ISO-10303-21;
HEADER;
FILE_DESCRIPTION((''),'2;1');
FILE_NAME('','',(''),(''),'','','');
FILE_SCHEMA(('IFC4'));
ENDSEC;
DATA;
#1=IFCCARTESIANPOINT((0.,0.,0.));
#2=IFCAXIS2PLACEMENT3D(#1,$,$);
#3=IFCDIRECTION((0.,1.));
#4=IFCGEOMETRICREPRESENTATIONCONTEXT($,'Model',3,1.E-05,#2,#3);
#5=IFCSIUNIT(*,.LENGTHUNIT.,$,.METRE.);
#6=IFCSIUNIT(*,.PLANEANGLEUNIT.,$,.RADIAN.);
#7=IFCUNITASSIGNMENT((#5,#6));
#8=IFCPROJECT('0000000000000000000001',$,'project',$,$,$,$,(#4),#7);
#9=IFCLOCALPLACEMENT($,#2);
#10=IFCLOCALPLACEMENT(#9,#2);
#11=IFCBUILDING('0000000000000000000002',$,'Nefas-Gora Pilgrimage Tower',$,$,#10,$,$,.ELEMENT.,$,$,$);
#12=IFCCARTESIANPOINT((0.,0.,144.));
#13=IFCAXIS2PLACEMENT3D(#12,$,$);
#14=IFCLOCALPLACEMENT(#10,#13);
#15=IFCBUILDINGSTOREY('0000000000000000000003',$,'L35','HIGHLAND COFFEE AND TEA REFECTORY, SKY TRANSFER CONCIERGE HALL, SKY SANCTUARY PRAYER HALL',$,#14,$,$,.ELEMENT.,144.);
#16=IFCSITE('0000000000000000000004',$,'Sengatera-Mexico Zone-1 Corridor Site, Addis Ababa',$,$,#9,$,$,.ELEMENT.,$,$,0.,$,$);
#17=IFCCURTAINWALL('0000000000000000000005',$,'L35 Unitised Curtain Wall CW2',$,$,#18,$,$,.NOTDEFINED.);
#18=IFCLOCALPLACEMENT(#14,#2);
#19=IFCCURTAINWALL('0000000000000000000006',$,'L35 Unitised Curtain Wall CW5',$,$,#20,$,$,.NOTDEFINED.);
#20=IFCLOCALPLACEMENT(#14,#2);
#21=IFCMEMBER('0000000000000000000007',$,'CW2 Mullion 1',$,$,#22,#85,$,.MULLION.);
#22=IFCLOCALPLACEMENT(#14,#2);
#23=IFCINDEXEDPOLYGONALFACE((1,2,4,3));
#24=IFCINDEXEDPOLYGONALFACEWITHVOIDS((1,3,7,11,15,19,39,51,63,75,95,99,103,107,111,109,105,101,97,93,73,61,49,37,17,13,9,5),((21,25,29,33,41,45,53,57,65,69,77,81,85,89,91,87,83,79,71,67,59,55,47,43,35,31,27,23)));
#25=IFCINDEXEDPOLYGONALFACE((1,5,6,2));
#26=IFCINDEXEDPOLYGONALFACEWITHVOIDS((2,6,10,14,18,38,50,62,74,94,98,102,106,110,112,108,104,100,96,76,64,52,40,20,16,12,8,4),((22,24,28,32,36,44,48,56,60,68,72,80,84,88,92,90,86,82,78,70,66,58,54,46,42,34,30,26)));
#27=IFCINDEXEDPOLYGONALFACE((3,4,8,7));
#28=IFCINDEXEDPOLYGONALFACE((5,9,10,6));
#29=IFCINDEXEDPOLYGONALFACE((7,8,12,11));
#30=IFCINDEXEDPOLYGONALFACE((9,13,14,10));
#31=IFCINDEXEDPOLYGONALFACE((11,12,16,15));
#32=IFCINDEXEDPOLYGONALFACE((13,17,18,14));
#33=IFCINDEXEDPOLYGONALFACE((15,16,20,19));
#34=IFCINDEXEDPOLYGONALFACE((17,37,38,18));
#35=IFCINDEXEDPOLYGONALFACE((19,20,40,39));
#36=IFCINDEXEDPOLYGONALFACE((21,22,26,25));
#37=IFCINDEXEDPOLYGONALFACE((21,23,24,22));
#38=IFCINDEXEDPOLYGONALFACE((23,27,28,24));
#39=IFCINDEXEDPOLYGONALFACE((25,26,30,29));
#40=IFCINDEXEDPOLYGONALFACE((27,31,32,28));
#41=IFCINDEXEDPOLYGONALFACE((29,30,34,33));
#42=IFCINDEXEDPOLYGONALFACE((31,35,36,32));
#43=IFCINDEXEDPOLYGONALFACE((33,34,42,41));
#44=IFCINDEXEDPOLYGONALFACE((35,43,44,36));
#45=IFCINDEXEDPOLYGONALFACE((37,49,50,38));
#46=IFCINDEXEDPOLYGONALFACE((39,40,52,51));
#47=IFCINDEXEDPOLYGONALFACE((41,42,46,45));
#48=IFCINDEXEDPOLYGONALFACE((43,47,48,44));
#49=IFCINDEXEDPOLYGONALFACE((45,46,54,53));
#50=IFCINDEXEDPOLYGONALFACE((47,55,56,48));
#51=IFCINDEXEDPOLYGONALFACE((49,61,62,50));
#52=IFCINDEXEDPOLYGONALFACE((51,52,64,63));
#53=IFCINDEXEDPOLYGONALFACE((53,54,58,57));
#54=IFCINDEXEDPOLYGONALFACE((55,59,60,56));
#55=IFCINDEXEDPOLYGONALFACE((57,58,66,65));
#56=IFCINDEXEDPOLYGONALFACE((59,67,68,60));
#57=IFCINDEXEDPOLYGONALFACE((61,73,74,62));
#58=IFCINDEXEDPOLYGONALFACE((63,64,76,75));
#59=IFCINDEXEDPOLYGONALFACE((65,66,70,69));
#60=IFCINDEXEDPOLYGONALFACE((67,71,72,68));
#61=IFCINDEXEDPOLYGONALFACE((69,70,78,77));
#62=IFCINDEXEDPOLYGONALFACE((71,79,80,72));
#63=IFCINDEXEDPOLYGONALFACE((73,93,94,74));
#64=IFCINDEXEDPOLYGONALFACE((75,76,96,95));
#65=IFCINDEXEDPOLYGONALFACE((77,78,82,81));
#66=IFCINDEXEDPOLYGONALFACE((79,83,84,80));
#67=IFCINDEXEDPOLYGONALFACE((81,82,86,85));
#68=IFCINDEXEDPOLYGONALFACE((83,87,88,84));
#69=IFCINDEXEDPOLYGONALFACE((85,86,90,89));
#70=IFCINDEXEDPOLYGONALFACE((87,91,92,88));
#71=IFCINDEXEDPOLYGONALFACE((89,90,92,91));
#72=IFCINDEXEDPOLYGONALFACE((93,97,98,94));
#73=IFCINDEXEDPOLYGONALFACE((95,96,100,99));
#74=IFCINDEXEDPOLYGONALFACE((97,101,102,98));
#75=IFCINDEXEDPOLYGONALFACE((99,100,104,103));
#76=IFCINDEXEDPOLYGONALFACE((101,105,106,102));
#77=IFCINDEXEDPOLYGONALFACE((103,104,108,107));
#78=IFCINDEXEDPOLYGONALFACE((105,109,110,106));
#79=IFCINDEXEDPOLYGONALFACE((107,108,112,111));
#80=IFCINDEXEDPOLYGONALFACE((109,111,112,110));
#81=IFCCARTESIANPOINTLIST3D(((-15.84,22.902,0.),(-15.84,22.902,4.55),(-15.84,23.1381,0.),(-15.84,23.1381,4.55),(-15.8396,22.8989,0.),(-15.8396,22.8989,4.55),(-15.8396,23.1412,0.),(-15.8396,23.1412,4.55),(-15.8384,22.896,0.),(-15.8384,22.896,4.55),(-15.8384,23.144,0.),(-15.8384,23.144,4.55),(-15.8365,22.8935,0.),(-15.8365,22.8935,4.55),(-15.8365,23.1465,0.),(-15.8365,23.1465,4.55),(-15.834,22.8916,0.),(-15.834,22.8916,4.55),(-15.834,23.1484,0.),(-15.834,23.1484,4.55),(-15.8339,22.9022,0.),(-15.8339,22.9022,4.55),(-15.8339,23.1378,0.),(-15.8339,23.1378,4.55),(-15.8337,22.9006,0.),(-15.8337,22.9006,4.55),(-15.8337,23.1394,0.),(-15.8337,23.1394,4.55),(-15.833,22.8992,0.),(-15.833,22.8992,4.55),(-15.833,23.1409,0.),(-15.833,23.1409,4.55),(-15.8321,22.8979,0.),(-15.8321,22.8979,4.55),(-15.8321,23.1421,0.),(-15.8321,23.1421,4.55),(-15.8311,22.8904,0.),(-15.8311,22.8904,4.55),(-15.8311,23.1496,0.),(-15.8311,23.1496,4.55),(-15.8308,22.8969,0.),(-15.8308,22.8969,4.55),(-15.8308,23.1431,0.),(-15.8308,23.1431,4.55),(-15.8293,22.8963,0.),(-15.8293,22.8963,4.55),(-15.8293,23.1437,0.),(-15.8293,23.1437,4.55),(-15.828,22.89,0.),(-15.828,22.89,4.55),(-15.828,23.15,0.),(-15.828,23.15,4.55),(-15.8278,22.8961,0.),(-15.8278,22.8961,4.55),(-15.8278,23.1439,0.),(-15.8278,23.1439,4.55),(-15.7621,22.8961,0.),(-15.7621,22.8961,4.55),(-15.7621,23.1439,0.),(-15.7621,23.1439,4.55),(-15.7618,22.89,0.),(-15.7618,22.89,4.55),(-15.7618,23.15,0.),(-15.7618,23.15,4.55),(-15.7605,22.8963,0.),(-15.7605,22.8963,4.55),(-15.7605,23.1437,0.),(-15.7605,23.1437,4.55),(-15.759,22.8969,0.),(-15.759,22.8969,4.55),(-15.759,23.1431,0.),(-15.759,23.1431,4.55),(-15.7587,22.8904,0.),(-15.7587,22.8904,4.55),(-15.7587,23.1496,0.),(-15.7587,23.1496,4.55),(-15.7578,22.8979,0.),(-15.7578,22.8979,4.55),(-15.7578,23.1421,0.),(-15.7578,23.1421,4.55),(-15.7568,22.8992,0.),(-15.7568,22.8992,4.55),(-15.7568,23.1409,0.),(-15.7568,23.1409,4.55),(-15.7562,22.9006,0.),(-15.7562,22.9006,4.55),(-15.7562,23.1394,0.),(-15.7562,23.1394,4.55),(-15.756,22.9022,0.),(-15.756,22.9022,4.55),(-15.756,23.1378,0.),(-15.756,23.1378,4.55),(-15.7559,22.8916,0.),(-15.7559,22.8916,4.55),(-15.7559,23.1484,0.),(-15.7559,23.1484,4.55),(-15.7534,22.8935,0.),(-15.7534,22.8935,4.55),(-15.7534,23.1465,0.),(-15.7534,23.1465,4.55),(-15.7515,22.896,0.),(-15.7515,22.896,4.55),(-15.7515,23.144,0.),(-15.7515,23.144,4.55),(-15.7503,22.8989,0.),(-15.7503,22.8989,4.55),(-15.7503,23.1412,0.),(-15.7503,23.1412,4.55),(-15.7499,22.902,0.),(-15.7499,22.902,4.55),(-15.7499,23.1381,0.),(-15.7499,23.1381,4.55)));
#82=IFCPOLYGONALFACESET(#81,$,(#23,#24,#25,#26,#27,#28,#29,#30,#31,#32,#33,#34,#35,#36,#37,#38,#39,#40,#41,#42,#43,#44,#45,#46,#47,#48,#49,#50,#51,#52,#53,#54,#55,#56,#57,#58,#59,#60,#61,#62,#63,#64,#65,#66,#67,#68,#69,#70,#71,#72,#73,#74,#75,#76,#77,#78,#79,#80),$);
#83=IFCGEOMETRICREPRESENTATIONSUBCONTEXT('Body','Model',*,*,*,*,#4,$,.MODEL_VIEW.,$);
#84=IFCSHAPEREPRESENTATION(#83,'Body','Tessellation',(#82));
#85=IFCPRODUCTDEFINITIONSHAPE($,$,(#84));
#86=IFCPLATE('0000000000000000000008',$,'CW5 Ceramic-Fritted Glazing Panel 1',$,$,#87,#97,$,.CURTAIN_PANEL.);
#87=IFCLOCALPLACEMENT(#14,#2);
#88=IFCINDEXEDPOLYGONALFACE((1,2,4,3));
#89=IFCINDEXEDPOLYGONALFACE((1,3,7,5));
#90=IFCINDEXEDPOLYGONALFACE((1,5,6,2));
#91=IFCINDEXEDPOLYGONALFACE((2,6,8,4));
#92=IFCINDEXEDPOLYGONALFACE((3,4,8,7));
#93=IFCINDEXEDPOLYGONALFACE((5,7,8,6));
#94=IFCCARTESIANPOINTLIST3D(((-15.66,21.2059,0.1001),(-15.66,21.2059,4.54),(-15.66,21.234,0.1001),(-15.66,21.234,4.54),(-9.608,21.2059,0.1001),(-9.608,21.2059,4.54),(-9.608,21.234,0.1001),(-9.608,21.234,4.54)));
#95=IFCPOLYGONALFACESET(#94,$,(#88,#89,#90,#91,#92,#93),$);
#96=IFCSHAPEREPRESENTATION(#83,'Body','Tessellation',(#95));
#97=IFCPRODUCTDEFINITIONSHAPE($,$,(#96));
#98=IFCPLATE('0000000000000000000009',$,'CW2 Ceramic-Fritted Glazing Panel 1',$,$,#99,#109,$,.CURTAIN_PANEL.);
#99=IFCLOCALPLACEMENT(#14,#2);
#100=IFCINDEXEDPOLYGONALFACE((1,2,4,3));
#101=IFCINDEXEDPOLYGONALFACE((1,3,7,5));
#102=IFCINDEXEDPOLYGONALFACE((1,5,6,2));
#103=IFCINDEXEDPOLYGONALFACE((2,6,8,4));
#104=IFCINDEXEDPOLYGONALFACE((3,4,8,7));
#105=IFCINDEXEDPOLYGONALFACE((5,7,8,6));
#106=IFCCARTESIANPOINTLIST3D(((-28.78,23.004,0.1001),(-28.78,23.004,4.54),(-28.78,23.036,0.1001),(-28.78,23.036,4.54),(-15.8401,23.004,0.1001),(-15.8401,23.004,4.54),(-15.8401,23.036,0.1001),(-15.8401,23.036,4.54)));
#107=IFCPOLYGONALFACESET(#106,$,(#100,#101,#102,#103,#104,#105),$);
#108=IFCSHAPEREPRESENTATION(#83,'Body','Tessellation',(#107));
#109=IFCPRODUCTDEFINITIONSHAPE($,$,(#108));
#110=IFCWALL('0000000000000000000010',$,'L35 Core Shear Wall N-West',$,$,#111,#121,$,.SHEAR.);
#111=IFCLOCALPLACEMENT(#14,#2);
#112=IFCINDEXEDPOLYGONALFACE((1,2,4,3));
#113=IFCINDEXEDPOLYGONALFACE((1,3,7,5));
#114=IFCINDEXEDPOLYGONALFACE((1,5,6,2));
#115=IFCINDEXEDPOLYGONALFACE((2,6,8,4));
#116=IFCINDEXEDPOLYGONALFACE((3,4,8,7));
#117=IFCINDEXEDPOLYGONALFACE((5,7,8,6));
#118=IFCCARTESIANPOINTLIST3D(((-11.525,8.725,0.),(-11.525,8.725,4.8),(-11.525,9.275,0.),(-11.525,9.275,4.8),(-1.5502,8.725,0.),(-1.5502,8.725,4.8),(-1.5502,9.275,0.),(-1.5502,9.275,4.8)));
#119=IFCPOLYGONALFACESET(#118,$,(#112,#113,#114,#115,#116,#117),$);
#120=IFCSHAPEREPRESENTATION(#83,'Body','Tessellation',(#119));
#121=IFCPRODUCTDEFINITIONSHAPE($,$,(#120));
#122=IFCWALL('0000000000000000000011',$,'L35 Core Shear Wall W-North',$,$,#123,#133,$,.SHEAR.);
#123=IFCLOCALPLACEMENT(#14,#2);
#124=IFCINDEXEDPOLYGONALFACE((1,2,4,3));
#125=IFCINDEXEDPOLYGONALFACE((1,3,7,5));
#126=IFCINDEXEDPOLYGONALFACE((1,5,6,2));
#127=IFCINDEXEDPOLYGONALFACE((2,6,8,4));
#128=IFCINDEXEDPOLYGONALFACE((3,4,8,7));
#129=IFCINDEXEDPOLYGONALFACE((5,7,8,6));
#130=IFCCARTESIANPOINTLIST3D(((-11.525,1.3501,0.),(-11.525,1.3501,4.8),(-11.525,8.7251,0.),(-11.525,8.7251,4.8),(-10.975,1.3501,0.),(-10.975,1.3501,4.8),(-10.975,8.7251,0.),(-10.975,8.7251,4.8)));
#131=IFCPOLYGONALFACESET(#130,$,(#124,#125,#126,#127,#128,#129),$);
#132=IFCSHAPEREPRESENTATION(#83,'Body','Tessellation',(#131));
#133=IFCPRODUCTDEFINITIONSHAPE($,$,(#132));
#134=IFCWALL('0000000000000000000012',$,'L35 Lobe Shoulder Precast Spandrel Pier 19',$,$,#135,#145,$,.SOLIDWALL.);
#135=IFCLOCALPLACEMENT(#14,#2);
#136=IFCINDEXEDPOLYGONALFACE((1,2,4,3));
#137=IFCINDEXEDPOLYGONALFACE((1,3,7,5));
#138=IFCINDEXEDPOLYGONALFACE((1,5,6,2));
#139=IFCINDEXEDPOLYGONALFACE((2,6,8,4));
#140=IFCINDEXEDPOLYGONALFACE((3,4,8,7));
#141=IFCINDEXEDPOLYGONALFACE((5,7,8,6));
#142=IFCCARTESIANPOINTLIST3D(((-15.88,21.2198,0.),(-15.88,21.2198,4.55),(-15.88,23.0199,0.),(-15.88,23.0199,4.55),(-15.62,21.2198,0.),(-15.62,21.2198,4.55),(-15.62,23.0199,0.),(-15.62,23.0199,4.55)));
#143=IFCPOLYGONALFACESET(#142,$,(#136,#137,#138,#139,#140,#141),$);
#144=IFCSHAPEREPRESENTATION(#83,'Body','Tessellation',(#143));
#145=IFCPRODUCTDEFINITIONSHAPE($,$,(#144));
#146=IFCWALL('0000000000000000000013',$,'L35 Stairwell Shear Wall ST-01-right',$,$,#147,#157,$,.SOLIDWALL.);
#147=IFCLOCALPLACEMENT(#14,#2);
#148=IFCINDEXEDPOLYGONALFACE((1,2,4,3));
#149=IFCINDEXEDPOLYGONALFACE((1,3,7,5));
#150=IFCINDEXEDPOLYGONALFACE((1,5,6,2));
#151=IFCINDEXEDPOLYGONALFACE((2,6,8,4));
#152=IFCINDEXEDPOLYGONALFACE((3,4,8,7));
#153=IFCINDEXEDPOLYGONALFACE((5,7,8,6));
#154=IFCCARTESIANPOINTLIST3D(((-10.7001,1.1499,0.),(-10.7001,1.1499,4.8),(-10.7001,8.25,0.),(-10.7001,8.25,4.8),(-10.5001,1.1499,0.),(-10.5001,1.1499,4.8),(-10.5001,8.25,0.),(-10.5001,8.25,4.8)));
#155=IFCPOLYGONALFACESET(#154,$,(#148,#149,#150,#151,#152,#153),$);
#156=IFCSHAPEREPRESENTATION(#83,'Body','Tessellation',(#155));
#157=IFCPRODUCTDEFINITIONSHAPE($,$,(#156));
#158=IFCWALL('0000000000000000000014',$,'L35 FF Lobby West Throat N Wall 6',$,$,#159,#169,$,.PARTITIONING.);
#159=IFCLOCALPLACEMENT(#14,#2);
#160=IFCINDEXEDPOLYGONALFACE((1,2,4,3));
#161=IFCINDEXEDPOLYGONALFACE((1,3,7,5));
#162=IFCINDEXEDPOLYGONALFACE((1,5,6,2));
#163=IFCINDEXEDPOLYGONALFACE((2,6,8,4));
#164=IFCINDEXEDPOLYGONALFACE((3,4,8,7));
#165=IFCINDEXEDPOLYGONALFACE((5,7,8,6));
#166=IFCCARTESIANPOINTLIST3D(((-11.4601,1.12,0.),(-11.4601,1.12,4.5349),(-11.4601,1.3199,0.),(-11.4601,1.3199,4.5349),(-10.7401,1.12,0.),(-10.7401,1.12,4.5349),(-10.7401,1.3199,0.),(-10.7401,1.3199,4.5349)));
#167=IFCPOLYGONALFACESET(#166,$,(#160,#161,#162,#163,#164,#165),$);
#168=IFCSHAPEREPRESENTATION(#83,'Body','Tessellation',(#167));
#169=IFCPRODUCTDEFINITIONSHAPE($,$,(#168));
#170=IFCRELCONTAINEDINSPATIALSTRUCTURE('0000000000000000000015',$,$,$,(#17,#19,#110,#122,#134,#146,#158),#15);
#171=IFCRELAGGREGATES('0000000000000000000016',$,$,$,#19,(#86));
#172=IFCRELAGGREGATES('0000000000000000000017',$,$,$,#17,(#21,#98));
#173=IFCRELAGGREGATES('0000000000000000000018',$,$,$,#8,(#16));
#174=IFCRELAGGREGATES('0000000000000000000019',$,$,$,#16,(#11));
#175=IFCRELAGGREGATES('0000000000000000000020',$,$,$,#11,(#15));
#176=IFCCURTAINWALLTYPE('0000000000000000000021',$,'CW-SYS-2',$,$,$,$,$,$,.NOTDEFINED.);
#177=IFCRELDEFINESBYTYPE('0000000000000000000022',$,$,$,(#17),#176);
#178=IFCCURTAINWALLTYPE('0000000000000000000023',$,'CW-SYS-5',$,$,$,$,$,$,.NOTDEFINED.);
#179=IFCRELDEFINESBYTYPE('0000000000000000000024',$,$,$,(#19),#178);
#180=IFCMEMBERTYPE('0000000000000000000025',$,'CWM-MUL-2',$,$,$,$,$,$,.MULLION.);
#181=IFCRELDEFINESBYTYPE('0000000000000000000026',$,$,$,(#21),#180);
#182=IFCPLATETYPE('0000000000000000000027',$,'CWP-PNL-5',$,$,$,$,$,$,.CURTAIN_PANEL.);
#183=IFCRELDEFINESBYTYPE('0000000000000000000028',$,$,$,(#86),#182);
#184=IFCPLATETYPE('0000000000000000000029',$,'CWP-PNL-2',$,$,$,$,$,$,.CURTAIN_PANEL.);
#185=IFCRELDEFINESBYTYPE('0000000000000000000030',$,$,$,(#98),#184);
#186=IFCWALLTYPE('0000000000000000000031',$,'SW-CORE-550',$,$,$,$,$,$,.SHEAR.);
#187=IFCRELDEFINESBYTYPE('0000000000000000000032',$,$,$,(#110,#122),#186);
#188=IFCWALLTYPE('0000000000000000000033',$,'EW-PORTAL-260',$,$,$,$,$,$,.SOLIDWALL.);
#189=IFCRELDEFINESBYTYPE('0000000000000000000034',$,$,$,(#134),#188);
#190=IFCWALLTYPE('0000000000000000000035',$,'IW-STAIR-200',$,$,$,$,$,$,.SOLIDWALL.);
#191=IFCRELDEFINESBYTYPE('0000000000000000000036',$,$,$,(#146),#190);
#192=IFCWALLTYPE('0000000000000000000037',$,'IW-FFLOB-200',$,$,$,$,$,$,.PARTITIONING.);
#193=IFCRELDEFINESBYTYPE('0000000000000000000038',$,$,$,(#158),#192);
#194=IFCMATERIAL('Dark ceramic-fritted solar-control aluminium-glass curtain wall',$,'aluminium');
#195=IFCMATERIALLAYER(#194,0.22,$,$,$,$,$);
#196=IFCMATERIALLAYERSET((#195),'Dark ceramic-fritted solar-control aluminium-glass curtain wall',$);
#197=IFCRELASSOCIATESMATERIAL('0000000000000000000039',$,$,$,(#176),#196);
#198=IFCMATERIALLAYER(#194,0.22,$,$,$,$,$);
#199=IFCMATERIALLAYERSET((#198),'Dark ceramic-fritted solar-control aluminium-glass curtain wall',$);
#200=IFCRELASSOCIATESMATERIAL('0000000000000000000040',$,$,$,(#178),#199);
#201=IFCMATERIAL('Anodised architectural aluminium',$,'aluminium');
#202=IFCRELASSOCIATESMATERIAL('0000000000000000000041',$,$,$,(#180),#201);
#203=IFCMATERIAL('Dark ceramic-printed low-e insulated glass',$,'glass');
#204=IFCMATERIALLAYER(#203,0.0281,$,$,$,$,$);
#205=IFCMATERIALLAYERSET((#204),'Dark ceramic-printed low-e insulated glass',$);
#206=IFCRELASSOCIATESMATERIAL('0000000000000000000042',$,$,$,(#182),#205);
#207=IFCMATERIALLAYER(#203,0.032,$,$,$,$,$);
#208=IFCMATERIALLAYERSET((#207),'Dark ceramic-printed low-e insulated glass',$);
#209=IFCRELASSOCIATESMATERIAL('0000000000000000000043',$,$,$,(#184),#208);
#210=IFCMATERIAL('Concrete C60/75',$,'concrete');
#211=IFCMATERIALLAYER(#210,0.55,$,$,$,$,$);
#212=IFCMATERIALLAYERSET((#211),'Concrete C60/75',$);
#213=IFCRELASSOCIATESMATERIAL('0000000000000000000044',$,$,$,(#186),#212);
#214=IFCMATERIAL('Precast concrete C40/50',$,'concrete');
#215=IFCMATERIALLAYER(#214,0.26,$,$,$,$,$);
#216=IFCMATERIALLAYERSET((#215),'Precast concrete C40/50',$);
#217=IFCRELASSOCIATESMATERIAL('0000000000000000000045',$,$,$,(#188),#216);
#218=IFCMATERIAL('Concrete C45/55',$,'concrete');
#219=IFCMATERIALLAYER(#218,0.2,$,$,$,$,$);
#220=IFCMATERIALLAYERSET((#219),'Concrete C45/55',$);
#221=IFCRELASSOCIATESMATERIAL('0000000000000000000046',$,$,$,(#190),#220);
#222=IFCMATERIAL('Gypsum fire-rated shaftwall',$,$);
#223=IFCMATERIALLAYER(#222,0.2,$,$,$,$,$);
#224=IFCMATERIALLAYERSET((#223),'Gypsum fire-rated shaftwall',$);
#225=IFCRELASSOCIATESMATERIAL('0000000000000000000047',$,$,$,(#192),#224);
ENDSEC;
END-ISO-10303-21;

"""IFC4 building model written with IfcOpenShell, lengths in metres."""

from ifc_helpers import new_model, si_unit, direction, frame, frame_2d, origin, origin_2d, place, context, subcontext, project, spatial, rectangle, hollow_rectangle, extrude, source, transform, mapped, material, layer, layer_set, material_profile, profile_set, type_object, element, aggregate, save


model = new_model("IFC4")

# Units and contexts
model_context = context("Model", 3, precision=1e-05, world=origin(), true_north=direction((0.0, 1.0)))
body_context = subcontext(model_context, "Body", "Model", "MODEL_VIEW")
ifc_project = project(units=[si_unit("LENGTHUNIT", "METRE"), si_unit("PLANEANGLEUNIT", "RADIAN")], contexts=[model_context])

# Site, building, storey
site_placement = place(None, origin())
site = spatial("IfcSite", under=ifc_project, at=site_placement, Name="Sengatera-Mexico Zone-1 Corridor Site, Addis Ababa", CompositionType="ELEMENT", RefElevation=0.0)
building_placement = place(site_placement, origin())
building = spatial("IfcBuilding", under=site, at=building_placement, Name="Nefas-Gora Pilgrimage Tower", CompositionType="ELEMENT")
storey_placement = place(building_placement, frame((0.0, 0.0, 144.0)))
storey = spatial("IfcBuildingStorey", under=building, at=storey_placement, Name="L35", Description="HIGHLAND COFFEE AND TEA REFECTORY, SKY TRANSFER CONCIERGE HALL, SKY SANCTUARY PRAYER HALL", CompositionType="ELEMENT", Elevation=144.0)

# Curtain walls
ifc_material_1 = material(Name="Dark ceramic-fritted solar-control aluminium-glass curtain wall", Category="aluminium")
ifc_layer_1 = layer(ifc_material_1, 0.22)
ifc_layer_set_1 = layer_set([ifc_layer_1], Name="Dark ceramic-fritted solar-control aluminium-glass curtain wall")
curtain_wall_type_1 = type_object("IfcCurtainWallType", Name="CW-SYS-2", PredefinedType="NOTDEFINED", material=ifc_layer_set_1)
curtain_wall_1_placement = place(storey_placement, origin())
curtain_wall_1 = element("IfcCurtainWall", 1, at=curtain_wall_1_placement, inside=storey, type_object=curtain_wall_type_1, Name="L35 Unitised Curtain Wall CW2", PredefinedType="NOTDEFINED")
ifc_material_2 = material(Name="Anodised architectural aluminium", Category="aluminium")
ifc_layer_2 = layer(ifc_material_1, 0.22)
ifc_layer_set_2 = layer_set([ifc_layer_2], Name="Dark ceramic-fritted solar-control aluminium-glass curtain wall")
curtain_wall_type_2 = type_object("IfcCurtainWallType", Name="CW-SYS-5", PredefinedType="NOTDEFINED", material=ifc_layer_set_2)
curtain_wall_2_placement = place(storey_placement, origin())
curtain_wall_2 = element("IfcCurtainWall", 2, at=curtain_wall_2_placement, inside=storey, type_object=curtain_wall_type_2, Name="L35 Unitised Curtain Wall CW5", PredefinedType="NOTDEFINED")

# Member
ifc_material_profile_1 = material_profile(ifc_material_2, hollow_rectangle(XDim=0.0901, YDim=0.26, WallThickness=0.0061, InnerFilletRadius=0.0061, OuterFilletRadius=0.012, at=origin_2d()), Name="ALU MULLION 90x260")
ifc_profile_set_1 = profile_set([ifc_material_profile_1], Name="Anodised architectural aluminium")
member_type_1 = type_object("IfcMemberType", Name="CWM-MUL-2", PredefinedType="MULLION", material=ifc_profile_set_1)
shared_shape_1 = source(origin(), body_context, "Body", "SweptSolid", [
    extrude(hollow_rectangle(XDim=0.0901, YDim=0.26, WallThickness=0.0061, InnerFilletRadius=0.0061, OuterFilletRadius=0.012, at=origin_2d()), origin(), (0.0, 0.0, 1.0), 4.55),
])
member_1_placement = place(storey_placement, frame((-15.7949, 23.02, 0.0), z_axis=(0.0, 0.0, 1.0), x_axis=(-1.0, 0.0, 0.0)))
member_1 = element("IfcMember", 3, at=member_1_placement, type_object=member_type_1, Name="CW2 Mullion 1", PredefinedType="MULLION", context=body_context, shape_type="MappedRepresentation", body=[
    mapped(shared_shape_1, transform((0.0, 0.0, 0.0), x_axis=(1.0, 0.0, 0.0), y_axis=(0.0, 1.0, 0.0), z_axis=(0.0, 0.0, 1.0), scale=1.0)),
])

# Plates
ifc_material_3 = material(Name="Dark ceramic-printed low-e insulated glass", Category="glass")
ifc_layer_3 = layer(ifc_material_3, 0.0281)
ifc_layer_set_3 = layer_set([ifc_layer_3], Name="Dark ceramic-printed low-e insulated glass")
plate_type_1 = type_object("IfcPlateType", Name="CWP-PNL-5", PredefinedType="CURTAIN_PANEL", material=ifc_layer_set_3)
shared_shape_2 = source(origin(), body_context, "Body", "SweptSolid", [
    extrude(rectangle(XDim=6.052, YDim=0.0281, at=origin_2d()), origin(), (0.0, 0.0, 1.0), 4.4399),
])
plate_1_placement = place(storey_placement, frame((-12.634, 21.22, 0.1001), z_axis=(0.0, 0.0, 1.0), x_axis=(-1.0, 0.0, 0.0)))
plate_1 = element("IfcPlate", 4, at=plate_1_placement, type_object=plate_type_1, Name="CW5 Ceramic-Fritted Glazing Panel 1", PredefinedType="CURTAIN_PANEL", context=body_context, shape_type="MappedRepresentation", body=[
    mapped(shared_shape_2, transform((0.0, 0.0, 0.0), x_axis=(1.0, 0.0, 0.0), y_axis=(0.0, 1.0, 0.0), z_axis=(0.0, 0.0, 1.0), scale=1.0)),
])
aggregate(curtain_wall_2, [plate_1])
ifc_layer_4 = layer(ifc_material_3, 0.032)
ifc_layer_set_4 = layer_set([ifc_layer_4], Name="Dark ceramic-printed low-e insulated glass")
plate_type_2 = type_object("IfcPlateType", Name="CWP-PNL-2", PredefinedType="CURTAIN_PANEL", material=ifc_layer_set_4)
shared_shape_3 = source(origin(), body_context, "Body", "SweptSolid", [
    extrude(rectangle(XDim=12.9399, YDim=0.032, at=origin_2d()), origin(), (0.0, 0.0, 1.0), 4.4399),
])
plate_2_placement = place(storey_placement, frame((-22.3101, 23.02, 0.1001), z_axis=(0.0, 0.0, 1.0), x_axis=(-1.0, 0.0, 0.0)))
plate_2 = element("IfcPlate", 5, at=plate_2_placement, type_object=plate_type_2, Name="CW2 Ceramic-Fritted Glazing Panel 1", PredefinedType="CURTAIN_PANEL", context=body_context, shape_type="MappedRepresentation", body=[
    mapped(shared_shape_3, transform((0.0, 0.0, 0.0), x_axis=(1.0, 0.0, 0.0), y_axis=(0.0, 1.0, 0.0), z_axis=(0.0, 0.0, 1.0), scale=1.0)),
])
aggregate(curtain_wall_1, [member_1, plate_2])

# Walls
ifc_material_4 = material(Name="Concrete C60/75", Category="concrete")
ifc_layer_5 = layer(ifc_material_4, 0.55)
ifc_layer_set_5 = layer_set([ifc_layer_5], Name="Concrete C60/75")
wall_type_1 = type_object("IfcWallType", Name="SW-CORE-550", PredefinedType="SHEAR", material=ifc_layer_set_5)
shared_shape_4 = source(origin(), body_context, "Body", "SweptSolid", [
    extrude(rectangle(XDim=9.9749, YDim=0.55, at=frame_2d((4.9873, 0.0))), origin(), (0.0, 0.0, 1.0), 4.8),
])
wall_1_placement = place(storey_placement, frame((-11.5249, 9.0, 0.0), z_axis=(0.0, 0.0, 1.0), x_axis=(1.0, 0.0, 0.0)))
element("IfcWall", 6, at=wall_1_placement, inside=storey, type_object=wall_type_1, Name="L35 Core Shear Wall N-West", PredefinedType="SHEAR", context=body_context, shape_type="MappedRepresentation", body=[
    mapped(shared_shape_4, transform((0.0, 0.0, 0.0), x_axis=(1.0, 0.0, 0.0), y_axis=(0.0, 1.0, 0.0), z_axis=(0.0, 0.0, 1.0), scale=1.0)),
])
shared_shape_5 = source(origin(), body_context, "Body", "SweptSolid", [
    extrude(rectangle(XDim=7.375, YDim=0.55, at=frame_2d((3.6875, 0.0))), origin(), (0.0, 0.0, 1.0), 4.8),
])
wall_2_placement = place(storey_placement, frame((-11.25, 1.3501, 0.0), z_axis=(0.0, 0.0, 1.0), x_axis=(0.0, 1.0, 0.0)))
element("IfcWall", 7, at=wall_2_placement, inside=storey, type_object=wall_type_1, Name="L35 Core Shear Wall W-North", PredefinedType="SHEAR", context=body_context, shape_type="MappedRepresentation", body=[
    mapped(shared_shape_5, transform((0.0, 0.0, 0.0), x_axis=(1.0, 0.0, 0.0), y_axis=(0.0, 1.0, 0.0), z_axis=(0.0, 0.0, 1.0), scale=1.0)),
])
ifc_material_5 = material(Name="Precast concrete C40/50", Category="concrete")
ifc_layer_6 = layer(ifc_material_5, 0.26)
ifc_layer_set_6 = layer_set([ifc_layer_6], Name="Precast concrete C40/50")
wall_type_2 = type_object("IfcWallType", Name="EW-PORTAL-260", PredefinedType="SOLIDWALL", material=ifc_layer_set_6)
shared_shape_6 = source(origin(), body_context, "Body", "SweptSolid", [
    extrude(rectangle(XDim=1.8, YDim=0.26, at=frame_2d((0.8999, 0.0))), origin(), (0.0, 0.0, 1.0), 4.55),
])
wall_3_placement = place(storey_placement, frame((-15.75, 21.22, 0.0), z_axis=(0.0, 0.0, 1.0), x_axis=(0.0, 1.0, 0.0)))
element("IfcWall", 8, at=wall_3_placement, inside=storey, type_object=wall_type_2, Name="L35 Lobe Shoulder Precast Spandrel Pier 19", PredefinedType="SOLIDWALL", context=body_context, shape_type="MappedRepresentation", body=[
    mapped(shared_shape_6, transform((0.0, 0.0, 0.0), x_axis=(1.0, 0.0, 0.0), y_axis=(0.0, 1.0, 0.0), z_axis=(0.0, 0.0, 1.0), scale=1.0)),
])
ifc_material_6 = material(Name="Concrete C45/55", Category="concrete")
ifc_layer_7 = layer(ifc_material_6, 0.2)
ifc_layer_set_7 = layer_set([ifc_layer_7], Name="Concrete C45/55")
wall_type_3 = type_object("IfcWallType", Name="IW-STAIR-200", PredefinedType="SOLIDWALL", material=ifc_layer_set_7)
shared_shape_7 = source(origin(), body_context, "Body", "SweptSolid", [
    extrude(rectangle(XDim=7.1001, YDim=0.2, at=frame_2d((3.55, 0.0))), origin(), (0.0, 0.0, 1.0), 4.8),
])
wall_4_placement = place(storey_placement, frame((-10.6001, 1.1499, 0.0), z_axis=(0.0, 0.0, 1.0), x_axis=(0.0, 1.0, 0.0)))
element("IfcWall", 9, at=wall_4_placement, inside=storey, type_object=wall_type_3, Name="L35 Stairwell Shear Wall ST-01-right", PredefinedType="SOLIDWALL", context=body_context, shape_type="MappedRepresentation", body=[
    mapped(shared_shape_7, transform((0.0, 0.0, 0.0), x_axis=(1.0, 0.0, 0.0), y_axis=(0.0, 1.0, 0.0), z_axis=(0.0, 0.0, 1.0), scale=1.0)),
])
ifc_material_7 = material(Name="Gypsum fire-rated shaftwall")
ifc_layer_8 = layer(ifc_material_7, 0.2)
ifc_layer_set_8 = layer_set([ifc_layer_8], Name="Gypsum fire-rated shaftwall")
wall_type_4 = type_object("IfcWallType", Name="IW-FFLOB-200", PredefinedType="PARTITIONING", material=ifc_layer_set_8)
shared_shape_8 = source(origin(), body_context, "Body", "SweptSolid", [
    extrude(rectangle(XDim=0.72, YDim=0.2, at=frame_2d((0.3599, 0.0))), origin(), (0.0, 0.0, 1.0), 4.5349),
])
wall_5_placement = place(storey_placement, frame((-11.46, 1.22, 0.0), z_axis=(0.0, 0.0, 1.0), x_axis=(1.0, 0.0, 0.0)))
element("IfcWall", 10, at=wall_5_placement, inside=storey, type_object=wall_type_4, Name="L35 FF Lobby West Throat N Wall 6", PredefinedType="PARTITIONING", context=body_context, shape_type="MappedRepresentation", body=[
    mapped(shared_shape_8, transform((0.0, 0.0, 0.0), x_axis=(1.0, 0.0, 0.0), y_axis=(0.0, 1.0, 0.0), z_axis=(0.0, 0.0, 1.0), scale=1.0)),
])

save(model, "model.ifc")
